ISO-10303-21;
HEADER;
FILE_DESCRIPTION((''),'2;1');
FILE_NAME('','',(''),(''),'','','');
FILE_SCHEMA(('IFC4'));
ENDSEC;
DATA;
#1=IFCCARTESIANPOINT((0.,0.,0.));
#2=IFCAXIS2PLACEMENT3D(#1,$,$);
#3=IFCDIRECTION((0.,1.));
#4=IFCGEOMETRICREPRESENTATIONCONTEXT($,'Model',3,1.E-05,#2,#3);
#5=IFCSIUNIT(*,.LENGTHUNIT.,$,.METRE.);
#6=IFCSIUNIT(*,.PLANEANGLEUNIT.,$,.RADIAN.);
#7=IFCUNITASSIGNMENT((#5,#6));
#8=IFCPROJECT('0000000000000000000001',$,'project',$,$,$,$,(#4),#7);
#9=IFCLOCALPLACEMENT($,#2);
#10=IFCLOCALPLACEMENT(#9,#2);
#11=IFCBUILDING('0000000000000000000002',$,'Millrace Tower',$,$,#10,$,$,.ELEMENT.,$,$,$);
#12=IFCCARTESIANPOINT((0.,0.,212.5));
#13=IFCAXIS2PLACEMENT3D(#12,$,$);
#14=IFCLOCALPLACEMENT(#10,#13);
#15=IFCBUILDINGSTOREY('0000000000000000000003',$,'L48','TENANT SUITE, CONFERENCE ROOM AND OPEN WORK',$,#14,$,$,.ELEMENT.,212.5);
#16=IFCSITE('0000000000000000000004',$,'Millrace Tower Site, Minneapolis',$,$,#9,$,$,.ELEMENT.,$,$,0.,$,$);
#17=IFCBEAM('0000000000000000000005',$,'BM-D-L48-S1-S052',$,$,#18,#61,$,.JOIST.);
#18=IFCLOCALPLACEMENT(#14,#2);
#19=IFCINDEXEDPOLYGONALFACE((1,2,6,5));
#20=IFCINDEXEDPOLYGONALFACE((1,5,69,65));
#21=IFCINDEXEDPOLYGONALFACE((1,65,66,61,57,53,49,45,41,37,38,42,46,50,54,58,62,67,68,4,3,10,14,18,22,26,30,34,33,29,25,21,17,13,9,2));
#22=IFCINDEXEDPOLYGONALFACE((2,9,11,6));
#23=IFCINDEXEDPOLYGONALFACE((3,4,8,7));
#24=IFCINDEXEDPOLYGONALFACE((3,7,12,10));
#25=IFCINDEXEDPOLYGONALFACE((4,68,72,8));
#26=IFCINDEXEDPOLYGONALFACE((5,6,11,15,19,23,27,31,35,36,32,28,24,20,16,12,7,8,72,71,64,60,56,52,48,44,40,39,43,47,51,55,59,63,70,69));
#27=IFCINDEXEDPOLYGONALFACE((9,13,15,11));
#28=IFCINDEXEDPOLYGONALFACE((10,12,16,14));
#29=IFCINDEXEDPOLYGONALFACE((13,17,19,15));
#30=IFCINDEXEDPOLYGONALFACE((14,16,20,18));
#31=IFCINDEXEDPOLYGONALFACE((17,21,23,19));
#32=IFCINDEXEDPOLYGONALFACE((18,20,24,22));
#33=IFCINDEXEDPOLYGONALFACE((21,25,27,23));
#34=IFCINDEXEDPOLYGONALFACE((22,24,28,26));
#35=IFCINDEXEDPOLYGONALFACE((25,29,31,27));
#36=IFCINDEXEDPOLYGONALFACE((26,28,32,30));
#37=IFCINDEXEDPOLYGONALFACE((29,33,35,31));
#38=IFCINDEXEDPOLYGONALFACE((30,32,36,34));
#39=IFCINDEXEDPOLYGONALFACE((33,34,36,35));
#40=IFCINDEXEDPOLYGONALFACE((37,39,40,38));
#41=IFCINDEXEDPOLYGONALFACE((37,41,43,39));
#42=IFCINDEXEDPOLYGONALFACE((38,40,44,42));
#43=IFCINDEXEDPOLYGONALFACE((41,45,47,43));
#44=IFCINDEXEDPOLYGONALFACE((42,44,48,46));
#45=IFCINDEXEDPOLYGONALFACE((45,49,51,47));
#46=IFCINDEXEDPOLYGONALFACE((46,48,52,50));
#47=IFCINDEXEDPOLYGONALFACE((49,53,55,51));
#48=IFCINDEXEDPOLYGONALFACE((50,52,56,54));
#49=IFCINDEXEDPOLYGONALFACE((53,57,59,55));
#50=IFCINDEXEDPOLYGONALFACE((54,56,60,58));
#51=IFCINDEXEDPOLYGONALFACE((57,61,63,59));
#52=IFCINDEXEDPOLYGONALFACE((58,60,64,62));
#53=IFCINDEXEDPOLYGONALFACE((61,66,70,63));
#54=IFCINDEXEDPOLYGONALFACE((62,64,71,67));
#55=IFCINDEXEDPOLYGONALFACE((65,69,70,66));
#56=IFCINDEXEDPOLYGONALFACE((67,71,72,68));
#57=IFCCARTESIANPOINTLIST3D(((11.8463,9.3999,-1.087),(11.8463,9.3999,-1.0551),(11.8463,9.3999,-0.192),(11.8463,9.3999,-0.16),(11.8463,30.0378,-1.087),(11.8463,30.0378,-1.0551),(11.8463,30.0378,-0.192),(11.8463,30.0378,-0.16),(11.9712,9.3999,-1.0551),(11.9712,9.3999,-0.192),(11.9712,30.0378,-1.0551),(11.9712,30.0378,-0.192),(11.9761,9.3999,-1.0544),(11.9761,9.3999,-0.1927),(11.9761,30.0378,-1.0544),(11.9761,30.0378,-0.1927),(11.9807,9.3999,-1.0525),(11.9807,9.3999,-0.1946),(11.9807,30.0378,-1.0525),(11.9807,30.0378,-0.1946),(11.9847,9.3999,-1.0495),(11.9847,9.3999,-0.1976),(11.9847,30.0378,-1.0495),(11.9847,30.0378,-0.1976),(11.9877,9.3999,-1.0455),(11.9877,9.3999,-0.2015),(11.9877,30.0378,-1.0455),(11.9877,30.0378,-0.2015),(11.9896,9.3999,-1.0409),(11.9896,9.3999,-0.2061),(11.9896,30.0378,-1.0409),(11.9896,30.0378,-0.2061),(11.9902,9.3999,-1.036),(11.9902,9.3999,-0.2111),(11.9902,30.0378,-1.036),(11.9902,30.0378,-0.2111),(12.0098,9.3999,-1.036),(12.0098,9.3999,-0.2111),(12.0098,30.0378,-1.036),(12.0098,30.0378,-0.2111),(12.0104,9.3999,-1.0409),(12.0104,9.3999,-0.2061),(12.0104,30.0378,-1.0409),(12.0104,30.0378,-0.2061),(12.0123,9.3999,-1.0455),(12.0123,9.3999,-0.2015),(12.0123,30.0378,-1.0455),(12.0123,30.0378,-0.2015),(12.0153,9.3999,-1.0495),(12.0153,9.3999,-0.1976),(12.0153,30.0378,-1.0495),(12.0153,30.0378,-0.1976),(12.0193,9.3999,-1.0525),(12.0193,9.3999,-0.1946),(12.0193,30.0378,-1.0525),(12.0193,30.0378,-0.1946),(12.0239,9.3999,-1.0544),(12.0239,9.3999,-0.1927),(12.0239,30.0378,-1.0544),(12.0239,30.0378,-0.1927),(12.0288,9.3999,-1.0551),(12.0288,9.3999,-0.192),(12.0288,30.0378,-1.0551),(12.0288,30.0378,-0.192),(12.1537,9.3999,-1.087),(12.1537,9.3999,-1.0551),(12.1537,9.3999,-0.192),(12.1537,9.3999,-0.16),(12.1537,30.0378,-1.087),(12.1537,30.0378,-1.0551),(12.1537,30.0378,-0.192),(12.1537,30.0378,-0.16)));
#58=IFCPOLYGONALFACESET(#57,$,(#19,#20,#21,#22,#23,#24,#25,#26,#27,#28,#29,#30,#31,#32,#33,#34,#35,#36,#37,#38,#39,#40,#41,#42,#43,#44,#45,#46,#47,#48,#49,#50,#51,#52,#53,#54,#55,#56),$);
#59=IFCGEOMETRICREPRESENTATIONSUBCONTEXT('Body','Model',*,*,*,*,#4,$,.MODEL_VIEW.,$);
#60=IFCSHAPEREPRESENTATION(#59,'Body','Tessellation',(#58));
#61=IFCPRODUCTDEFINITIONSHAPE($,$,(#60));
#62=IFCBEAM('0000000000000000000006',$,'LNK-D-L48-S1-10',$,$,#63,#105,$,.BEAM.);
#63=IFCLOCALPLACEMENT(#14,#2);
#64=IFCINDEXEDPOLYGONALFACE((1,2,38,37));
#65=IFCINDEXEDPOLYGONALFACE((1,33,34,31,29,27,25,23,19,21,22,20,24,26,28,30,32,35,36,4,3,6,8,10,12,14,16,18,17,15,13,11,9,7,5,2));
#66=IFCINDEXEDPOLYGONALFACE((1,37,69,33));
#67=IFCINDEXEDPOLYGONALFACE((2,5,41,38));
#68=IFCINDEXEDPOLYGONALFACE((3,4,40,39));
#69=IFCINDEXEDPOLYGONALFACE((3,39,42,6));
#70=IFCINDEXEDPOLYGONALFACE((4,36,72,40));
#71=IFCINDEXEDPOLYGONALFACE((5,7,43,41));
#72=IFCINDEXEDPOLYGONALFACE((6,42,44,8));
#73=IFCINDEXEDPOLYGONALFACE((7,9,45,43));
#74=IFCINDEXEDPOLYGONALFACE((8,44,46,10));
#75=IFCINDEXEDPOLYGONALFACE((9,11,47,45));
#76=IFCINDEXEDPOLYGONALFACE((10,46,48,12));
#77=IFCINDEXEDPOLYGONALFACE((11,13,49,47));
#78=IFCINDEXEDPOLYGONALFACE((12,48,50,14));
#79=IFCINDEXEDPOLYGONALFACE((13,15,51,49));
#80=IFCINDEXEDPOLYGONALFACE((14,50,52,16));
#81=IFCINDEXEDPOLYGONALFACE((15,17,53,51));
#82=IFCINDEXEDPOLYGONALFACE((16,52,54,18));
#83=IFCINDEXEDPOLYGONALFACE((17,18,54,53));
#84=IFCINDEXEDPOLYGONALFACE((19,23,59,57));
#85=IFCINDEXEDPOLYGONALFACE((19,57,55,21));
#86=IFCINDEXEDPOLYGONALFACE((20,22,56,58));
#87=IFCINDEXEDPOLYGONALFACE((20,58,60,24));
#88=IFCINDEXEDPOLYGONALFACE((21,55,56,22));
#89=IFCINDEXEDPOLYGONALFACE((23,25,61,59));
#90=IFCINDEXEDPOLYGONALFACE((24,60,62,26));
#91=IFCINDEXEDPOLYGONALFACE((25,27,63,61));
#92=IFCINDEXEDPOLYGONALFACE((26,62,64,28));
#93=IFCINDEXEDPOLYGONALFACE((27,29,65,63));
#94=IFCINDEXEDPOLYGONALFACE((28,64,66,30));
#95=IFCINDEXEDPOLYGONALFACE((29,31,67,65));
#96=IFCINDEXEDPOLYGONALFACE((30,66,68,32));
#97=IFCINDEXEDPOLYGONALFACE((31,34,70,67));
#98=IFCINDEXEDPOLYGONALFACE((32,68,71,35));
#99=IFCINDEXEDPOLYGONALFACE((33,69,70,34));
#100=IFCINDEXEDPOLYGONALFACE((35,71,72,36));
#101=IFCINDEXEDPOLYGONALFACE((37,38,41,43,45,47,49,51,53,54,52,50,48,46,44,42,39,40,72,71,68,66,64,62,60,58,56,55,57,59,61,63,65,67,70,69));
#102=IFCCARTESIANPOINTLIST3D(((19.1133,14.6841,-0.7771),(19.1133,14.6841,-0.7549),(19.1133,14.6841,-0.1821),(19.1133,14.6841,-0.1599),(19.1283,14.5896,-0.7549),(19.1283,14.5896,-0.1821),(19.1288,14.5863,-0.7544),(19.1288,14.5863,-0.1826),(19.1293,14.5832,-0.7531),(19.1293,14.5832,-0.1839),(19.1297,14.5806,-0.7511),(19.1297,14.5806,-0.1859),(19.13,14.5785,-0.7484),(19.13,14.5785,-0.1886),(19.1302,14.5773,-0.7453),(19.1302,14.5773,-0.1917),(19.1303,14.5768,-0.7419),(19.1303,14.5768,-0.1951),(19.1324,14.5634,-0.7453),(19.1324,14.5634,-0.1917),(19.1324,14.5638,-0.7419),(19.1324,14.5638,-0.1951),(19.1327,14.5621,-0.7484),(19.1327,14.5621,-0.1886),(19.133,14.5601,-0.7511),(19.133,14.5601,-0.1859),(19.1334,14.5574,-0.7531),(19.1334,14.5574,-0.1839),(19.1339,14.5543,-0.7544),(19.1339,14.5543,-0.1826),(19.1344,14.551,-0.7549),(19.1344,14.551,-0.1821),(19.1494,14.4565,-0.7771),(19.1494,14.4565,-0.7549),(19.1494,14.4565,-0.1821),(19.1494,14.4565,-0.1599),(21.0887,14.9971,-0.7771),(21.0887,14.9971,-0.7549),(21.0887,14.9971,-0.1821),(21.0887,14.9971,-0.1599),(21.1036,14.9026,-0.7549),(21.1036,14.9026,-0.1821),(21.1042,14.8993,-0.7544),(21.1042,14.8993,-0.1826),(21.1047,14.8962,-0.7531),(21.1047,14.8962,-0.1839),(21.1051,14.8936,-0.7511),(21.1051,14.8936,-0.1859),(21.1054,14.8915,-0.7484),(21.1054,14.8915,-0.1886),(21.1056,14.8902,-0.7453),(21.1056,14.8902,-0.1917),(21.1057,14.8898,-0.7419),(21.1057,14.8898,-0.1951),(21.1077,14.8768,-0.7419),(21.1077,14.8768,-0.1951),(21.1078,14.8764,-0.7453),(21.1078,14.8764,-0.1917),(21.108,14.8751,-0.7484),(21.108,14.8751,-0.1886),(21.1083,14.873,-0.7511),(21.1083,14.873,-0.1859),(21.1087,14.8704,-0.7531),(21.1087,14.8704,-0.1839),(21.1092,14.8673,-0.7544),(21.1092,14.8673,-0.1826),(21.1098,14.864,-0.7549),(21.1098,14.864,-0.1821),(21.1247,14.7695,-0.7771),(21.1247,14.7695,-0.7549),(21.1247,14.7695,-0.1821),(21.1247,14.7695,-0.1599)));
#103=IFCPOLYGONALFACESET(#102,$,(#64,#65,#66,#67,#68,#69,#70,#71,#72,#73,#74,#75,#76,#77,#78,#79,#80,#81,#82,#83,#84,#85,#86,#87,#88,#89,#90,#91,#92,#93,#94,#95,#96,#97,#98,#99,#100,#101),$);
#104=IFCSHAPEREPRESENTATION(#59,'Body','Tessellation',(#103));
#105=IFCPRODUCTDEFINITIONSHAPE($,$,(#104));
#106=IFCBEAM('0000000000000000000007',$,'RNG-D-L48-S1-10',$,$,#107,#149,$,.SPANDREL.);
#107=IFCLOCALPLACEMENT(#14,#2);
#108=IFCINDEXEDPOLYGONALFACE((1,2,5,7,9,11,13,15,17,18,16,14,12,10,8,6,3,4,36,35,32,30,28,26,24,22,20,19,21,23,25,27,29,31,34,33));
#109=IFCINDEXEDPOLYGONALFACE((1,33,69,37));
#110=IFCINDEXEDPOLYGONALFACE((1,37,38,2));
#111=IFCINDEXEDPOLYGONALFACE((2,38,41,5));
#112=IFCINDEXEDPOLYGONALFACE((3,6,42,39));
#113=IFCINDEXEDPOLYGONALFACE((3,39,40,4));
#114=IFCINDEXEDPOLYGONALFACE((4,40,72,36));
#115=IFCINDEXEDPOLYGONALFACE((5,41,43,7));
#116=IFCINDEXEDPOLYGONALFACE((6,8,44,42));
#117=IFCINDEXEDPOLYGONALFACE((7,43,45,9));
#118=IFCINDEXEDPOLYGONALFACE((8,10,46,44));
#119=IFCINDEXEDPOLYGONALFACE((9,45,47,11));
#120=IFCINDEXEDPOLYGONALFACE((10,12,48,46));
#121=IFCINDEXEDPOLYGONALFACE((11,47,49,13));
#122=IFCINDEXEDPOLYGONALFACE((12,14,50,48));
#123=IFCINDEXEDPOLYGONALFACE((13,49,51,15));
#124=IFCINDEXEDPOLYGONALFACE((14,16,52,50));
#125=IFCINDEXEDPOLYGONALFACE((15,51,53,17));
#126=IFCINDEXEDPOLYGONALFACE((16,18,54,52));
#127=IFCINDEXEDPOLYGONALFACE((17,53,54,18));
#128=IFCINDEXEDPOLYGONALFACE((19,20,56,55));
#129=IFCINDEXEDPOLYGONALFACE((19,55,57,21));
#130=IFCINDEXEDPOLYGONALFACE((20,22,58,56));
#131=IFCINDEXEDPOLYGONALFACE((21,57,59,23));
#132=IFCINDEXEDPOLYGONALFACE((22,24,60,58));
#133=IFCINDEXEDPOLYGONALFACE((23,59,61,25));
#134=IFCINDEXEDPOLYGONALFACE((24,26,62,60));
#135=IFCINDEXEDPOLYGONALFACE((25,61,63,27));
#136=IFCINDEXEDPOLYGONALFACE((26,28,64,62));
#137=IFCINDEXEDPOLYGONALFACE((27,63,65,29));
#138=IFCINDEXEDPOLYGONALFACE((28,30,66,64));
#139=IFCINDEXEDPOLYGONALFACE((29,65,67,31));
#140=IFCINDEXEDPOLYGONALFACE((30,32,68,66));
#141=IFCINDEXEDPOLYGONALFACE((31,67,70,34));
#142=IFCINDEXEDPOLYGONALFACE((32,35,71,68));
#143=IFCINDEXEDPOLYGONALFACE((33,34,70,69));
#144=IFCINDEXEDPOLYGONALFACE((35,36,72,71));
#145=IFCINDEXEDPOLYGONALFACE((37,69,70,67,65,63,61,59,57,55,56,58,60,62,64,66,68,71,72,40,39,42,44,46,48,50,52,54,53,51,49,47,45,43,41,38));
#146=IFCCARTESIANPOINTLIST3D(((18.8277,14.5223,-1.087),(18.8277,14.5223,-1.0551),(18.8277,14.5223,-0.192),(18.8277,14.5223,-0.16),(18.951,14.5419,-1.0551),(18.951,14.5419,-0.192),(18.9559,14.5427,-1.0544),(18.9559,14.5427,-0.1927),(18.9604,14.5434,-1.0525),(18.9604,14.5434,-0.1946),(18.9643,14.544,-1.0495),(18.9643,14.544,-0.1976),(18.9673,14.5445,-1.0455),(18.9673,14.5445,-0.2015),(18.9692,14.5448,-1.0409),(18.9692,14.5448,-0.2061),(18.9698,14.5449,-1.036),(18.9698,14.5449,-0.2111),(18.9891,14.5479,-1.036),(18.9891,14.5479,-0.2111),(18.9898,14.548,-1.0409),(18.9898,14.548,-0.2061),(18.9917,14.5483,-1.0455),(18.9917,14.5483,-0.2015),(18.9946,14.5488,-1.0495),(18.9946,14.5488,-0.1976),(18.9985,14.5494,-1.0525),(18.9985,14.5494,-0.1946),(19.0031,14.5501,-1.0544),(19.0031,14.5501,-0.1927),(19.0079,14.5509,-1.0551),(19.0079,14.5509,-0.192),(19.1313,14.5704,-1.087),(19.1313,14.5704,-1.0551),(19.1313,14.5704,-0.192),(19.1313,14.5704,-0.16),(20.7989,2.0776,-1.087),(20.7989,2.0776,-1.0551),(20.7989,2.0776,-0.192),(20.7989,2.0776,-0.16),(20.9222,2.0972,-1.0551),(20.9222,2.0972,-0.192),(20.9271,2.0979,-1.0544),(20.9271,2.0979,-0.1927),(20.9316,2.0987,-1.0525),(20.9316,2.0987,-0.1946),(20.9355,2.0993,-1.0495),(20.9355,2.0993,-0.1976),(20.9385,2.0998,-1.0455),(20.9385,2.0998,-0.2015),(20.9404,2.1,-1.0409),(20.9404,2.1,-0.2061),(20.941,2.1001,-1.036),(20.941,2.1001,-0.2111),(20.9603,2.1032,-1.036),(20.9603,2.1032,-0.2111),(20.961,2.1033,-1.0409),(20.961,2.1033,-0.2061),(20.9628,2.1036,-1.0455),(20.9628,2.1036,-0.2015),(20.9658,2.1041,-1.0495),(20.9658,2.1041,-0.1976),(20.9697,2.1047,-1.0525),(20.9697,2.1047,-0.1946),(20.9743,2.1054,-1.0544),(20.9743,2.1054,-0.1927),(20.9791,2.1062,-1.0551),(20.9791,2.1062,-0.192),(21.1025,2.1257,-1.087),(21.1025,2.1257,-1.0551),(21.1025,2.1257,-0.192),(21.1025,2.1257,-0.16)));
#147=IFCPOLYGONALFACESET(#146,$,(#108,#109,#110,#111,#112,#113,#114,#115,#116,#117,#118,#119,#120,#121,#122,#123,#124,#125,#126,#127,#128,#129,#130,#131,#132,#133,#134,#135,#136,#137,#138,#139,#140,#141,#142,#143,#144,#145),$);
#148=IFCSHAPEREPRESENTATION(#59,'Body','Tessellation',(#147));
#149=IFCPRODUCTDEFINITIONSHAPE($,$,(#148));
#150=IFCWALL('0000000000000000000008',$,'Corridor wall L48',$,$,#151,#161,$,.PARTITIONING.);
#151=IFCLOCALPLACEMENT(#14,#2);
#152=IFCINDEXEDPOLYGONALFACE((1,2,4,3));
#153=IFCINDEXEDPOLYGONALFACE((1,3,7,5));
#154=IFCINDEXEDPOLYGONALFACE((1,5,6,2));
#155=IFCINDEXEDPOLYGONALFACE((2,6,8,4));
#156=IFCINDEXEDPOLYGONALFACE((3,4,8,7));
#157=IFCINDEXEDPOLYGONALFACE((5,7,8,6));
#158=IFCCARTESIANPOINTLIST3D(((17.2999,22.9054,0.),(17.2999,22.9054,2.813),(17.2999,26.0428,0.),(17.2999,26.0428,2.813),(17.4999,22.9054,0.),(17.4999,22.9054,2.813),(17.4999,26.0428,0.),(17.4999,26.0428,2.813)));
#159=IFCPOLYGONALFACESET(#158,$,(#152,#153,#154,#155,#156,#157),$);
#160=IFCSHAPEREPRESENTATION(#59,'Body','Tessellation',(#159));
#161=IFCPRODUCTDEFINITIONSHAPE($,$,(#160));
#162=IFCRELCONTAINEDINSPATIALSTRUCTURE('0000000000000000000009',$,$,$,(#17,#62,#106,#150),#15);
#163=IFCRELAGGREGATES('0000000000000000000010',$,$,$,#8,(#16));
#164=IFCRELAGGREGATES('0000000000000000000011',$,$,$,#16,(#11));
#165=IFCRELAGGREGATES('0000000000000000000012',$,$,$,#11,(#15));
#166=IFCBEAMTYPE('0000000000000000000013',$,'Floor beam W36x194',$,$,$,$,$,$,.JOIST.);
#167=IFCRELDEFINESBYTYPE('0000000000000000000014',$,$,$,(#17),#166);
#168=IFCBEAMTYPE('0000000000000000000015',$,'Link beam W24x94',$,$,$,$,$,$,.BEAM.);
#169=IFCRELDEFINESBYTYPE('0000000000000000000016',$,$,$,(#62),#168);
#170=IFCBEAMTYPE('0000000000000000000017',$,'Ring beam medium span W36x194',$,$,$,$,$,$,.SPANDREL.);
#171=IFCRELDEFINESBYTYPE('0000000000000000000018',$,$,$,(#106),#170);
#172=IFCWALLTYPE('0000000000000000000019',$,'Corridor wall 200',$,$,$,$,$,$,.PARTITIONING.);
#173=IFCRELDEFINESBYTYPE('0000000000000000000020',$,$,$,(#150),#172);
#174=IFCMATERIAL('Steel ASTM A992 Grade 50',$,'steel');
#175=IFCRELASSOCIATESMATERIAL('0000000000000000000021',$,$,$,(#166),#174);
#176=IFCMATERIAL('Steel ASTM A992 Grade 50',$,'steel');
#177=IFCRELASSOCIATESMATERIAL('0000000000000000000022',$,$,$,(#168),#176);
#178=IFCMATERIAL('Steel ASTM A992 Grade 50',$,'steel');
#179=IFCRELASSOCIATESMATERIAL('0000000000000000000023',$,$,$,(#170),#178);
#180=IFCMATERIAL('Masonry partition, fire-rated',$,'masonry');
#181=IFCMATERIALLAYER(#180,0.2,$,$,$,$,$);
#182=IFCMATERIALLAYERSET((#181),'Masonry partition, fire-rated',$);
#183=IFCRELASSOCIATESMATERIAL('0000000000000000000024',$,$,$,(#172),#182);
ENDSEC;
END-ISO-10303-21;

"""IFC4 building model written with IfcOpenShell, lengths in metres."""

from ifc_helpers import new_model, si_unit, direction, frame, frame_2d, origin, origin_2d, place, context, subcontext, project, spatial, rectangle, i_section, extrude, material, layer, layer_set, material_profile, profile_set, type_object, element, save


model = new_model("IFC4")

# Units and contexts
model_context = context("Model", 3, precision=1e-05, world=origin(), true_north=direction((0.0, 1.0)))
body_context = subcontext(model_context, "Body", "Model", "MODEL_VIEW")
ifc_project = project(units=[si_unit("LENGTHUNIT", "METRE"), si_unit("PLANEANGLEUNIT", "RADIAN")], contexts=[model_context])

# Site, building, storey
site_placement = place(None, origin())
site = spatial("IfcSite", under=ifc_project, at=site_placement, Name="Millrace Tower Site, Minneapolis", CompositionType="ELEMENT", RefElevation=0.0)
building_placement = place(site_placement, origin())
building = spatial("IfcBuilding", under=site, at=building_placement, Name="Millrace Tower", CompositionType="ELEMENT")
storey_placement = place(building_placement, frame((0.0, 0.0, 212.5)))
storey = spatial("IfcBuildingStorey", under=building, at=storey_placement, Name="L48", Description="TENANT SUITE, CONFERENCE ROOM AND OPEN WORK", CompositionType="ELEMENT", Elevation=212.5)

# Beams
ifc_material_1 = material(Name="Steel ASTM A992 Grade 50", Category="steel")
ifc_material_profile_1 = material_profile(ifc_material_1, i_section(OverallWidth=0.3074, OverallDepth=0.927, WebThickness=0.0195, FlangeThickness=0.032, FilletRadius=0.019, at=origin_2d()))
ifc_profile_set_1 = profile_set([ifc_material_profile_1], Name="Steel ASTM A992 Grade 50")
beam_type_1 = type_object("IfcBeamType", Name="Floor beam W36x194", PredefinedType="JOIST", material=ifc_profile_set_1)
beam_1_placement = place(storey_placement, frame((12.0, 9.3999, -0.6235), z_axis=(0.0, 1.0, 0.0), x_axis=(-1.0, 0.0, 0.0)))
element("IfcBeam", 1, at=beam_1_placement, inside=storey, type_object=beam_type_1, Name="BM-D-L48-S1-S052", PredefinedType="JOIST", context=body_context, shape_type="SweptSolid", body=[
    extrude(i_section(OverallWidth=0.3074, OverallDepth=0.927, WebThickness=0.0195, FlangeThickness=0.032, FilletRadius=0.019, at=origin_2d()), origin(), (0.0, 0.0, 1.0), 20.6379),
])
ifc_material_2 = material(Name="Steel ASTM A992 Grade 50", Category="steel")
ifc_material_profile_2 = material_profile(ifc_material_2, i_section(OverallWidth=0.2305, OverallDepth=0.6172, WebThickness=0.0132, FlangeThickness=0.0222, FilletRadius=0.0129, at=origin_2d()))
ifc_profile_set_2 = profile_set([ifc_material_profile_2], Name="Steel ASTM A992 Grade 50")
beam_type_2 = type_object("IfcBeamType", Name="Link beam W24x94", PredefinedType="BEAM", material=ifc_profile_set_2)
beam_2_placement = place(storey_placement, frame((19.1313, 14.5703, -0.4685), z_axis=(0.987679, 0.156495, 0.0), x_axis=(-0.156495, 0.987679, 0.0)))
element("IfcBeam", 2, at=beam_2_placement, inside=storey, type_object=beam_type_2, Name="LNK-D-L48-S1-10", PredefinedType="BEAM", context=body_context, shape_type="SweptSolid", body=[
    extrude(i_section(OverallWidth=0.2305, OverallDepth=0.6172, WebThickness=0.0132, FlangeThickness=0.0222, FilletRadius=0.0129, at=origin_2d()), origin(), (0.0, 0.0, 1.0), 2.0),
])
ifc_material_3 = material(Name="Steel ASTM A992 Grade 50", Category="steel")
ifc_material_profile_3 = material_profile(ifc_material_3, i_section(OverallWidth=0.3074, OverallDepth=0.927, WebThickness=0.0195, FlangeThickness=0.032, FilletRadius=0.019, at=origin_2d()))
ifc_profile_set_3 = profile_set([ifc_material_profile_3], Name="Steel ASTM A992 Grade 50")
beam_type_3 = type_object("IfcBeamType", Name="Ring beam medium span W36x194", PredefinedType="SPANDREL", material=ifc_profile_set_3)
beam_3_placement = place(storey_placement, frame((18.9795, 14.5464, -0.6235), z_axis=(0.156444, -0.987687, 0.0), x_axis=(0.987687, 0.156444, 0.0)))
element("IfcBeam", 3, at=beam_3_placement, inside=storey, type_object=beam_type_3, Name="RNG-D-L48-S1-10", PredefinedType="SPANDREL", context=body_context, shape_type="SweptSolid", body=[
    extrude(i_section(OverallWidth=0.3074, OverallDepth=0.927, WebThickness=0.0195, FlangeThickness=0.032, FilletRadius=0.019, at=origin_2d()), origin(), (0.0, 0.0, 1.0), 12.5999),
])

# Wall
ifc_material_4 = material(Name="Masonry partition, fire-rated", Category="masonry")
ifc_layer_1 = layer(ifc_material_4, 0.2)
ifc_layer_set_1 = layer_set([ifc_layer_1], Name="Masonry partition, fire-rated")
wall_type_1 = type_object("IfcWallType", Name="Corridor wall 200", PredefinedType="PARTITIONING", material=ifc_layer_set_1)
wall_1_placement = place(storey_placement, frame((17.3999, 22.9053, 0.0), z_axis=(0.0, 0.0, 1.0), x_axis=(0.0, 1.0, 0.0)))
element("IfcWall", 4, at=wall_1_placement, inside=storey, type_object=wall_type_1, Name="Corridor wall L48", PredefinedType="PARTITIONING", context=body_context, shape_type="SweptSolid", body=[
    extrude(rectangle(XDim=3.1375, YDim=0.2, at=frame_2d((1.5688, 0.0))), origin(), (0.0, 0.0, 1.0), 2.813),
])

save(model, "model.ifc")
